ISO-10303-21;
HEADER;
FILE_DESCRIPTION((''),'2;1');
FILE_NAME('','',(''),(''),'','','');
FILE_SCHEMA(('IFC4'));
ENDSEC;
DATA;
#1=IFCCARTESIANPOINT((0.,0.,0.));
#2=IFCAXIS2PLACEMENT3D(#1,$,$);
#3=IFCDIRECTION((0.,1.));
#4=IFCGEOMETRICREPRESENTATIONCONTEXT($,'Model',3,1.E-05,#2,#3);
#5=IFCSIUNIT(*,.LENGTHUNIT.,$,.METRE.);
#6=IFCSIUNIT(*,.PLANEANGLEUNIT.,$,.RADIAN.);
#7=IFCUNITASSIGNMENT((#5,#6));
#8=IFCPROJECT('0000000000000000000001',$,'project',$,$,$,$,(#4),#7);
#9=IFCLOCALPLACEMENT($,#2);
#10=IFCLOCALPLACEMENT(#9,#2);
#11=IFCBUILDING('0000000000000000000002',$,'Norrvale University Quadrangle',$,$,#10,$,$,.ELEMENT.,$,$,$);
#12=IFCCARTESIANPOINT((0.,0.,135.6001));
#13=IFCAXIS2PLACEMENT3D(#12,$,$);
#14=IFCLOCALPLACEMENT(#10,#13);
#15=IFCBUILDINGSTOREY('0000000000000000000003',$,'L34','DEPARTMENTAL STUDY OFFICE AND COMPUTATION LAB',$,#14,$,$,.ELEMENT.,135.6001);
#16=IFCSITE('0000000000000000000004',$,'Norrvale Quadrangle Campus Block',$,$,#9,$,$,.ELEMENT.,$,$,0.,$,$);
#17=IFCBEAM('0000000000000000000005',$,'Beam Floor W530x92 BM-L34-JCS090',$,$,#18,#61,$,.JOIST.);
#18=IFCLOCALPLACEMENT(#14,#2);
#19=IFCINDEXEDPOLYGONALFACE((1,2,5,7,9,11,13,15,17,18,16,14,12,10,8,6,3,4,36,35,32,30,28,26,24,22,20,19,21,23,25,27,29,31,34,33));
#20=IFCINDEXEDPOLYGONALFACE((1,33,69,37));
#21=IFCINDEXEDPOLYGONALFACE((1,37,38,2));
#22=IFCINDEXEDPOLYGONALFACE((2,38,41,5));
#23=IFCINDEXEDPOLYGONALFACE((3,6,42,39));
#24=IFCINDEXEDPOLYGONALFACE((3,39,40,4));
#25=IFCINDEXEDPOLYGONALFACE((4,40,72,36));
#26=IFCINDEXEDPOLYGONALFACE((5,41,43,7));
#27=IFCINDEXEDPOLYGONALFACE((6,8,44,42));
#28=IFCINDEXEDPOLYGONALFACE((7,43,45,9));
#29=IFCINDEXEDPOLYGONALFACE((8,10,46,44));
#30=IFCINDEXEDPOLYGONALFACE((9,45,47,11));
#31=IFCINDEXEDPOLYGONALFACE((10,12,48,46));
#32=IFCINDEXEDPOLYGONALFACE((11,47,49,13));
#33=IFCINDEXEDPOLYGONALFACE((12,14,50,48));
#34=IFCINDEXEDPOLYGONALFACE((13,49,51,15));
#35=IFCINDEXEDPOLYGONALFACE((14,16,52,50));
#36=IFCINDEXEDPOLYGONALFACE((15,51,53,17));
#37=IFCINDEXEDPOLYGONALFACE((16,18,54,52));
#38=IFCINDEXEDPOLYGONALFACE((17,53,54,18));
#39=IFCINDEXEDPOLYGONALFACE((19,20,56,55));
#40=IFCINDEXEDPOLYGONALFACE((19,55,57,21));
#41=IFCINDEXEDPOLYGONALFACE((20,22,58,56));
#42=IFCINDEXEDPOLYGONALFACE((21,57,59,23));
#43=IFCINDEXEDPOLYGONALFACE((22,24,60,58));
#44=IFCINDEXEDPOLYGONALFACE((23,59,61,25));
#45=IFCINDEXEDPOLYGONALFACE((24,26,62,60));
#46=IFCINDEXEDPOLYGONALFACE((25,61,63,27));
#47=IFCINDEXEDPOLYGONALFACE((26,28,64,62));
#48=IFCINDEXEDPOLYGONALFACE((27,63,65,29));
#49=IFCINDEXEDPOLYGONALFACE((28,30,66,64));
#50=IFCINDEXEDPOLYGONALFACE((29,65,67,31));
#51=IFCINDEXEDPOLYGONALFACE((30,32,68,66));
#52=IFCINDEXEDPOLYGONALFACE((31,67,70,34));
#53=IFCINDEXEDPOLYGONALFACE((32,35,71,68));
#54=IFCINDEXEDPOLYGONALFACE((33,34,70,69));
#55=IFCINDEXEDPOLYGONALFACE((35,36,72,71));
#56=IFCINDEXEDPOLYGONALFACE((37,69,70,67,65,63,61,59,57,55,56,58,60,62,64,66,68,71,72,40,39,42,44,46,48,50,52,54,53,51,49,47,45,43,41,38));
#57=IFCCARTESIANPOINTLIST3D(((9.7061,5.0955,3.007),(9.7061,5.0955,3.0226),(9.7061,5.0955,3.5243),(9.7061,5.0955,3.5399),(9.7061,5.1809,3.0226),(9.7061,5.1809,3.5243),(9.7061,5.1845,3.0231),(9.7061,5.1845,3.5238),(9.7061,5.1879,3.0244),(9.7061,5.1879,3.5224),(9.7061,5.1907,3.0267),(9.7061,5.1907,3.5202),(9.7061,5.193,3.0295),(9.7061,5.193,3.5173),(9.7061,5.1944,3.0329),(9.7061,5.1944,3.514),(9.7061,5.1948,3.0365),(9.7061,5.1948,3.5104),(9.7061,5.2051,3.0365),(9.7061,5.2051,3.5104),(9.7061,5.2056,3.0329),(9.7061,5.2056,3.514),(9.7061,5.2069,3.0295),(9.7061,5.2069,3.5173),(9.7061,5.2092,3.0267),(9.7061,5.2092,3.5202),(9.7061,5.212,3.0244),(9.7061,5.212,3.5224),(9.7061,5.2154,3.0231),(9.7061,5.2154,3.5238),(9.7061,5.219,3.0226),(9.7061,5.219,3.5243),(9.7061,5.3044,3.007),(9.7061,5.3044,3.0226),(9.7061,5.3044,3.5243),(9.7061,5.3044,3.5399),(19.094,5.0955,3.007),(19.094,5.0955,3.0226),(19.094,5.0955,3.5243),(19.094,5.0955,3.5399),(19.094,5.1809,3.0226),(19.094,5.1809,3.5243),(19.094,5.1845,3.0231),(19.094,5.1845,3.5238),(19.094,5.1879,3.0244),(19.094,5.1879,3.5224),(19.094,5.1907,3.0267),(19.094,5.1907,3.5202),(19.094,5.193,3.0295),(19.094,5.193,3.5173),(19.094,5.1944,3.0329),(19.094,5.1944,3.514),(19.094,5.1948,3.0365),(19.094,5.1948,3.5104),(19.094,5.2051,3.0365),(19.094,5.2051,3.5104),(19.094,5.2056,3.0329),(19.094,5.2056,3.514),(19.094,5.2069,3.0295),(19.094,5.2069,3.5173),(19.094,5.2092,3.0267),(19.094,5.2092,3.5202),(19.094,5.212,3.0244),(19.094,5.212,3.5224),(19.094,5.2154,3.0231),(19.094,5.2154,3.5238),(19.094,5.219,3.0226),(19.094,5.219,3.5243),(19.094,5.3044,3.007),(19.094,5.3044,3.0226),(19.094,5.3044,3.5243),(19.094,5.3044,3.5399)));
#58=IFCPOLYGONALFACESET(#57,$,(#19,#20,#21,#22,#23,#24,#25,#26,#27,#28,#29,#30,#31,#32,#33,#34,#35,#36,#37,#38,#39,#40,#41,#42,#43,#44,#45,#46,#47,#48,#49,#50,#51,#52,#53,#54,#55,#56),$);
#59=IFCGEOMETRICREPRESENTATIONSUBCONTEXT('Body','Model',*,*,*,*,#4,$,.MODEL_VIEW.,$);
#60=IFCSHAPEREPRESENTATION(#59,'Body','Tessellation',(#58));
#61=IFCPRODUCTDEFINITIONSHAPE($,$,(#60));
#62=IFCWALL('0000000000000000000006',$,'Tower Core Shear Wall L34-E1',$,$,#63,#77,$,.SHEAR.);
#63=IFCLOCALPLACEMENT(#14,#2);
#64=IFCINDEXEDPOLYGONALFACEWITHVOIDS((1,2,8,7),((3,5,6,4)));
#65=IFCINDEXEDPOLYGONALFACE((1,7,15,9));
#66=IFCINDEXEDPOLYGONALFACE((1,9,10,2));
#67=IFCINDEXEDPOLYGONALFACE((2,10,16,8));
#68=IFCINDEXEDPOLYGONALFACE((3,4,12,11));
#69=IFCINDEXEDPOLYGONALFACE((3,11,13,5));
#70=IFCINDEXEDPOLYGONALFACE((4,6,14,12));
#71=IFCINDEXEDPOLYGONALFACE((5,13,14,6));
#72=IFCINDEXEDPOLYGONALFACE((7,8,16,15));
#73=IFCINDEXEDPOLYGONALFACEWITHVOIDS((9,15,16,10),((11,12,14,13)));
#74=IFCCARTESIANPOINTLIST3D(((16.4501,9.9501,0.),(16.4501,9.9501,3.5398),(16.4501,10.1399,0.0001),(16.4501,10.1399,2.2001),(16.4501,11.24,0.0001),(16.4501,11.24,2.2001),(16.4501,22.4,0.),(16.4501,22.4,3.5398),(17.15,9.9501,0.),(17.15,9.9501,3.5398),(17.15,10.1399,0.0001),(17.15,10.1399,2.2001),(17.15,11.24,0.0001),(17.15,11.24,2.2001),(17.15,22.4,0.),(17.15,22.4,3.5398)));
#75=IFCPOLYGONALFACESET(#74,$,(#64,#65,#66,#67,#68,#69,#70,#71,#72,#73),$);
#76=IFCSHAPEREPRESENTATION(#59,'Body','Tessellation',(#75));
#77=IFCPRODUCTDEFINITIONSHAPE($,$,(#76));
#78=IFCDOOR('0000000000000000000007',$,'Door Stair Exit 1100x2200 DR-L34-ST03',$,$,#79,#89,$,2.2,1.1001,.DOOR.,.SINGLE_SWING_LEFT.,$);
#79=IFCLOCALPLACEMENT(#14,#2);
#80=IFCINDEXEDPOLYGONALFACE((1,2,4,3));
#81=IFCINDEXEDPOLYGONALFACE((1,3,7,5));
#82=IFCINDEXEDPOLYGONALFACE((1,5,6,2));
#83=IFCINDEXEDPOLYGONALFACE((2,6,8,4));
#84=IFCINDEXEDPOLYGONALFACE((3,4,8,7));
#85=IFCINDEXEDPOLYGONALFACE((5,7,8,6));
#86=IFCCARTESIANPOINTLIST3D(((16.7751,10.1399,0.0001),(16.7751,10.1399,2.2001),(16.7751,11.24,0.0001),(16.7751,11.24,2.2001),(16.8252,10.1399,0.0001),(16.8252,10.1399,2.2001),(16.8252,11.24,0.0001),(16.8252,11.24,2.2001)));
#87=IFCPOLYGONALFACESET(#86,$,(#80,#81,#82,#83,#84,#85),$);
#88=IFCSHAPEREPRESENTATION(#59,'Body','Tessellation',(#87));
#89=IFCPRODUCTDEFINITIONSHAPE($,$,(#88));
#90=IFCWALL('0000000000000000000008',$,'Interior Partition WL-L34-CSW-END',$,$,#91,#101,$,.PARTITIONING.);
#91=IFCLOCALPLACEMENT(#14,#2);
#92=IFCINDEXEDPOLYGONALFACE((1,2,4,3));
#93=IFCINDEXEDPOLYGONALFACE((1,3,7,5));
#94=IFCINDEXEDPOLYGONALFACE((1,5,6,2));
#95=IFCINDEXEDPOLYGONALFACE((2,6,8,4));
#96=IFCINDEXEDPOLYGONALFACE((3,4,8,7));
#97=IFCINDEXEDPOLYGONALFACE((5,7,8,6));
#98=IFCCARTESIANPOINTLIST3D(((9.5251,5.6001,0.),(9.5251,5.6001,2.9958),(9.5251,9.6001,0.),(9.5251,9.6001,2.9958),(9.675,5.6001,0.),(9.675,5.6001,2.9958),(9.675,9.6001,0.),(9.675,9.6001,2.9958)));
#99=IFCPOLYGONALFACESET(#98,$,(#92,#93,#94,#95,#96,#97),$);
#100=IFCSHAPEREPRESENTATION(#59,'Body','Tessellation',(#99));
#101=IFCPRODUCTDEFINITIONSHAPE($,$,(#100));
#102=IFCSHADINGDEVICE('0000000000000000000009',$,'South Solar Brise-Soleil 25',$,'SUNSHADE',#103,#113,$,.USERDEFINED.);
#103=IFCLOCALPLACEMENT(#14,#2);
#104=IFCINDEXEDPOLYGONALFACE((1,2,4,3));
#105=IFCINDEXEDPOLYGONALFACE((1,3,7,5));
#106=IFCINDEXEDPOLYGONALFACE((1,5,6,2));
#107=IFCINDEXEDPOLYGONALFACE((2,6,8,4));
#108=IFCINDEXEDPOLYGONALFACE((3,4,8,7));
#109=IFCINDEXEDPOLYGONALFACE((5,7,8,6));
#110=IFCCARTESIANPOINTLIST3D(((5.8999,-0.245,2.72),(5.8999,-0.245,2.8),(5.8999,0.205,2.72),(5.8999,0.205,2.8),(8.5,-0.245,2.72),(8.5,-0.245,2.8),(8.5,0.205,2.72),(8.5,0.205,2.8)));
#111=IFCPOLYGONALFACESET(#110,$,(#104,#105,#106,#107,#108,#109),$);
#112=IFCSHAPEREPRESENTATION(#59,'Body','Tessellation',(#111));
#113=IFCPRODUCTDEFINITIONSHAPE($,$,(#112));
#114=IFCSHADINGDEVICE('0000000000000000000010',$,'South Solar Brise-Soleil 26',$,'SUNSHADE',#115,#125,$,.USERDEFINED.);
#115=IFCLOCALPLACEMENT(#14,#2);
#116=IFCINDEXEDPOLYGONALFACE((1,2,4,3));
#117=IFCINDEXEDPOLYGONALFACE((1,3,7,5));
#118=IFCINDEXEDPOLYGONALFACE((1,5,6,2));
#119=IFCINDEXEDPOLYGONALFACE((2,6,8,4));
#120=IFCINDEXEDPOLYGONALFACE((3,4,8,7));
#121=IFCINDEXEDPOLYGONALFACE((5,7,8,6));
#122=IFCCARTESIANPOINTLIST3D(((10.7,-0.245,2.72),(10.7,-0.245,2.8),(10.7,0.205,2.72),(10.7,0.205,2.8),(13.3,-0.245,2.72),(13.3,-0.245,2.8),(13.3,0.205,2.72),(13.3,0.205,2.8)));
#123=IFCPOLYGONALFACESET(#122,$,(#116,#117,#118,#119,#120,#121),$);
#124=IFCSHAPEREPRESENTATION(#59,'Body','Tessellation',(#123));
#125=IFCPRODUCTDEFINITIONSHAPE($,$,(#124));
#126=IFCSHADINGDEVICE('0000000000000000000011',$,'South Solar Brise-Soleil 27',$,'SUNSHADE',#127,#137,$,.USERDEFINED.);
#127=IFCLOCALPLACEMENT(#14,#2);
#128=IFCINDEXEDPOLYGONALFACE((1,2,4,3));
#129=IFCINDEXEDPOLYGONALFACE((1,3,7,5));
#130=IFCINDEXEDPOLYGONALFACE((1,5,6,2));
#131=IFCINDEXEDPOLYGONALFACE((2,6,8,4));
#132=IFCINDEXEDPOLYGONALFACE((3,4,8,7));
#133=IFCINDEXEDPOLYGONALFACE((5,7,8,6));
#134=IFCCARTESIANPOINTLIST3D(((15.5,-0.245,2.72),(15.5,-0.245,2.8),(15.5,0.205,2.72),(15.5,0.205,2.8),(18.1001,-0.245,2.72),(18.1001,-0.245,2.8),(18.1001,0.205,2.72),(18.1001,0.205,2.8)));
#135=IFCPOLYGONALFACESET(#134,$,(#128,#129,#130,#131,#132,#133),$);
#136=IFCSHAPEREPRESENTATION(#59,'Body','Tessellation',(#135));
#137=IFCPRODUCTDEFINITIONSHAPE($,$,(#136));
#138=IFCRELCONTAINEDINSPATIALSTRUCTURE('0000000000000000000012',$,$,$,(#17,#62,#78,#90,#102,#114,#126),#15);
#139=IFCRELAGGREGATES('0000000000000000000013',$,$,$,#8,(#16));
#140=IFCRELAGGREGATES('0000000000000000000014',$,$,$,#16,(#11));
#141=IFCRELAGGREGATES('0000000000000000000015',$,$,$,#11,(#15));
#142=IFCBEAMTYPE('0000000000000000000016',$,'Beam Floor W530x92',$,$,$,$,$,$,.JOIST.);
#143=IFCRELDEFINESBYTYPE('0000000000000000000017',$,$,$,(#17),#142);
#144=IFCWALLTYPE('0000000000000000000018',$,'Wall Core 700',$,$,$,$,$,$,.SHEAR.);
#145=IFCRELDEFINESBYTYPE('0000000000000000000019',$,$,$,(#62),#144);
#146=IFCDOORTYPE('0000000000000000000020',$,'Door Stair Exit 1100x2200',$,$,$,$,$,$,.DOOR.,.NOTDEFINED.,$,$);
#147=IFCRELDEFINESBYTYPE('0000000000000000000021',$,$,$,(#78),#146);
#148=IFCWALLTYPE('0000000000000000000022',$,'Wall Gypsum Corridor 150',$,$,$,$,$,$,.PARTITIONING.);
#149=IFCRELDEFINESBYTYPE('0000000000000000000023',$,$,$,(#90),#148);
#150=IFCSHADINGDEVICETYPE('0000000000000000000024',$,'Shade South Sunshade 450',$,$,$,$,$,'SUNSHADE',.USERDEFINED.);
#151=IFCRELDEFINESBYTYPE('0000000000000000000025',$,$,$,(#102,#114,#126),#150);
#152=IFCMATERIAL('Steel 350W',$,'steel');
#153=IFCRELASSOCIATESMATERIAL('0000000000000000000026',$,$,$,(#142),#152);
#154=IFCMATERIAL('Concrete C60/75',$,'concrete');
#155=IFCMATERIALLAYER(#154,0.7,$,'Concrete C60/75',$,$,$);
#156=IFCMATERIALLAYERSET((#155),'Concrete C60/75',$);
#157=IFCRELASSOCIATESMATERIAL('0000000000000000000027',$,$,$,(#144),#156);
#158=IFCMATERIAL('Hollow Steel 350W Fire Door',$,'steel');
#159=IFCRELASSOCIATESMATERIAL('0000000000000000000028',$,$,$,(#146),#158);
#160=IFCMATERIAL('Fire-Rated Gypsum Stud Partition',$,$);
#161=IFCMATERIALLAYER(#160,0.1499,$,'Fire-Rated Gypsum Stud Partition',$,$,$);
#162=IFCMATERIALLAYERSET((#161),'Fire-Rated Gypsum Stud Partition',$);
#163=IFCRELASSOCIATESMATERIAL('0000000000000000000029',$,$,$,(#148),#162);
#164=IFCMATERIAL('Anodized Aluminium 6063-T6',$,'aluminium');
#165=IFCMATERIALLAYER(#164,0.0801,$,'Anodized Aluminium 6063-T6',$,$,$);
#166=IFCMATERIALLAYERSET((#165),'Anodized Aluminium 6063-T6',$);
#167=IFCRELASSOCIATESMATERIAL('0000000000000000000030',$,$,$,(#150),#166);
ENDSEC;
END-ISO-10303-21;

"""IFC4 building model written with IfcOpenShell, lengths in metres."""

from ifc_helpers import new_model, si_unit, direction, frame, frame_2d, origin, origin_2d, place, context, subcontext, project, spatial, rectangle, i_section, extrude, material, layer, layer_set, material_profile, profile_set, type_object, element, fill, save


model = new_model("IFC4")

# Units and contexts
model_context = context("Model", 3, precision=1e-05, world=origin(), true_north=direction((0.0, 1.0)))
body_context = subcontext(model_context, "Body", "Model", "MODEL_VIEW")
ifc_project = project(units=[si_unit("LENGTHUNIT", "METRE"), si_unit("PLANEANGLEUNIT", "RADIAN")], contexts=[model_context])

# Site, building, storey
site_placement = place(None, origin())
site = spatial("IfcSite", under=ifc_project, at=site_placement, Name="Norrvale Quadrangle Campus Block", CompositionType="ELEMENT", RefElevation=0.0)
building_placement = place(site_placement, origin())
building = spatial("IfcBuilding", under=site, at=building_placement, Name="Norrvale University Quadrangle", CompositionType="ELEMENT")
storey_placement = place(building_placement, frame((0.0, 0.0, 135.6001)))
storey = spatial("IfcBuildingStorey", under=building, at=storey_placement, Name="L34", Description="DEPARTMENTAL STUDY OFFICE AND COMPUTATION LAB", CompositionType="ELEMENT", Elevation=135.6001)

# Shared definitions
ifc_material_1 = material(Name="Concrete C60/75", Category="concrete")

# Beam
ifc_material_2 = material(Name="Steel 350W", Category="steel")
ifc_material_profile_1 = material_profile(ifc_material_2, i_section(OverallWidth=0.209, OverallDepth=0.533, WebThickness=0.0103, FlangeThickness=0.0156, FilletRadius=0.0139, at=origin_2d()), Name="Steel 350W")
ifc_profile_set_1 = profile_set([ifc_material_profile_1], Name="Steel 350W")
beam_type_1 = type_object("IfcBeamType", Name="Beam Floor W530x92", PredefinedType="JOIST", material=ifc_profile_set_1)
beam_1_placement = place(storey_placement, frame((9.7061, 5.2, 3.2734), z_axis=(1.0, 0.0, 0.0), x_axis=(0.0, 1.0, 0.0)))
element("IfcBeam", 1, at=beam_1_placement, inside=storey, type_object=beam_type_1, Name="Beam Floor W530x92 BM-L34-JCS090", PredefinedType="JOIST", context=body_context, shape_type="SweptSolid", body=[
    extrude(i_section(OverallWidth=0.209, OverallDepth=0.533, WebThickness=0.0103, FlangeThickness=0.0156, FilletRadius=0.0139, at=origin_2d()), origin(), (0.0, 0.0, 1.0), 9.3879),
])

# Wall, opening, door
ifc_layer_1 = layer(ifc_material_1, 0.7, Name="Concrete C60/75")
ifc_layer_set_1 = layer_set([ifc_layer_1], Name="Concrete C60/75")
wall_type_1 = type_object("IfcWallType", Name="Wall Core 700", PredefinedType="SHEAR", material=ifc_layer_set_1)
wall_1_placement = place(storey_placement, frame((16.8, 9.95, 0.0), z_axis=(0.0, 0.0, 1.0), x_axis=(0.0, 1.0, 0.0)))
wall_1 = element("IfcWall", 2, at=wall_1_placement, inside=storey, type_object=wall_type_1, Name="Tower Core Shear Wall L34-E1", PredefinedType="SHEAR", context=body_context, shape_type="SweptSolid", body=[
    extrude(rectangle(XDim=12.45, YDim=0.7, at=frame_2d((6.2251, 0.0))), origin(), (0.0, 0.0, 1.0), 3.5398),
])
opening_placement = place(wall_1_placement, frame((0.1899, 0.0, 0.0)))
opening = element("IfcOpeningElement", 3, at=opening_placement, cuts=wall_1, PredefinedType="OPENING", context=body_context, shape_type="SweptSolid", body=[
    extrude(rectangle(XDim=1.1001, YDim=2.2, at=frame_2d((0.55, 1.1001))), frame((0.0, 0.3621, 0.0), z_axis=(0.0, -1.0, 0.0), x_axis=(1.0, 0.0, 0.0)), (0.0, 0.0, 1.0), 0.7239),
])
ifc_material_3 = material(Name="Hollow Steel 350W Fire Door", Category="steel")
door_type = type_object("IfcDoorType", Name="Door Stair Exit 1100x2200", OperationType="NOTDEFINED", PredefinedType="DOOR", material=ifc_material_3)
door_placement = place(opening_placement, origin())
door = element("IfcDoor", 4, at=door_placement, inside=storey, type_object=door_type, Name="Door Stair Exit 1100x2200 DR-L34-ST03", OperationType="SINGLE_SWING_LEFT", OverallHeight=2.2, OverallWidth=1.1001, PredefinedType="DOOR", context=body_context, shape_type="SweptSolid", body=[
    extrude(rectangle(XDim=1.1001, YDim=2.2, at=frame_2d((0.55, 1.1001))), frame((0.0, 0.0249, 0.0), z_axis=(0.0, -1.0, 0.0), x_axis=(1.0, 0.0, 0.0)), (0.0, 0.0, 1.0), 0.05),
])
fill(opening, door)

# Wall
ifc_material_4 = material(Name="Fire-Rated Gypsum Stud Partition")
ifc_layer_2 = layer(ifc_material_4, 0.1499, Name="Fire-Rated Gypsum Stud Partition")
ifc_layer_set_2 = layer_set([ifc_layer_2], Name="Fire-Rated Gypsum Stud Partition")
wall_type_2 = type_object("IfcWallType", Name="Wall Gypsum Corridor 150", PredefinedType="PARTITIONING", material=ifc_layer_set_2)
wall_2_placement = place(storey_placement, frame((9.6001, 5.6001, 0.0), z_axis=(0.0, 0.0, 1.0), x_axis=(0.0, 1.0, 0.0)))
element("IfcWall", 5, at=wall_2_placement, inside=storey, type_object=wall_type_2, Name="Interior Partition WL-L34-CSW-END", PredefinedType="PARTITIONING", context=body_context, shape_type="SweptSolid", body=[
    extrude(rectangle(XDim=4.0, YDim=0.1499, at=frame_2d((2.0, 0.0))), origin(), (0.0, 0.0, 1.0), 2.9958),
])

# Shading devices
ifc_material_5 = material(Name="Anodized Aluminium 6063-T6", Category="aluminium")
ifc_layer_3 = layer(ifc_material_5, 0.0801, Name="Anodized Aluminium 6063-T6")
ifc_layer_set_3 = layer_set([ifc_layer_3], Name="Anodized Aluminium 6063-T6")
shading_device_type = type_object("IfcShadingDeviceType", Name="Shade South Sunshade 450", ElementType="SUNSHADE", PredefinedType="USERDEFINED", material=ifc_layer_set_3)
for number, where, z_axis, x_axis, name in (
    (6, (7.2, -0.02, 2.72), (0.0, 0.0, 1.0), (1.0, 0.0, 0.0), "South Solar Brise-Soleil 25"),
    (7, (12.0, -0.02, 2.72), (0.0, 0.0, 1.0), (1.0, 0.0, 0.0), "South Solar Brise-Soleil 26"),
    (8, (16.8, -0.02, 2.72), (0.0, 0.0, 1.0), (1.0, 0.0, 0.0), "South Solar Brise-Soleil 27"),
):
    element("IfcShadingDevice", number, at=place(storey_placement, frame(where, z_axis=z_axis, x_axis=x_axis)), inside=storey, type_object=shading_device_type, Name=name, ObjectType="SUNSHADE", PredefinedType="USERDEFINED", context=body_context, shape_type="SweptSolid", body=[
        extrude(rectangle(XDim=2.6001, YDim=0.45, at=origin_2d()), origin(), (0.0, 0.0, 1.0), 0.0801),
    ])

save(model, "model.ifc")
